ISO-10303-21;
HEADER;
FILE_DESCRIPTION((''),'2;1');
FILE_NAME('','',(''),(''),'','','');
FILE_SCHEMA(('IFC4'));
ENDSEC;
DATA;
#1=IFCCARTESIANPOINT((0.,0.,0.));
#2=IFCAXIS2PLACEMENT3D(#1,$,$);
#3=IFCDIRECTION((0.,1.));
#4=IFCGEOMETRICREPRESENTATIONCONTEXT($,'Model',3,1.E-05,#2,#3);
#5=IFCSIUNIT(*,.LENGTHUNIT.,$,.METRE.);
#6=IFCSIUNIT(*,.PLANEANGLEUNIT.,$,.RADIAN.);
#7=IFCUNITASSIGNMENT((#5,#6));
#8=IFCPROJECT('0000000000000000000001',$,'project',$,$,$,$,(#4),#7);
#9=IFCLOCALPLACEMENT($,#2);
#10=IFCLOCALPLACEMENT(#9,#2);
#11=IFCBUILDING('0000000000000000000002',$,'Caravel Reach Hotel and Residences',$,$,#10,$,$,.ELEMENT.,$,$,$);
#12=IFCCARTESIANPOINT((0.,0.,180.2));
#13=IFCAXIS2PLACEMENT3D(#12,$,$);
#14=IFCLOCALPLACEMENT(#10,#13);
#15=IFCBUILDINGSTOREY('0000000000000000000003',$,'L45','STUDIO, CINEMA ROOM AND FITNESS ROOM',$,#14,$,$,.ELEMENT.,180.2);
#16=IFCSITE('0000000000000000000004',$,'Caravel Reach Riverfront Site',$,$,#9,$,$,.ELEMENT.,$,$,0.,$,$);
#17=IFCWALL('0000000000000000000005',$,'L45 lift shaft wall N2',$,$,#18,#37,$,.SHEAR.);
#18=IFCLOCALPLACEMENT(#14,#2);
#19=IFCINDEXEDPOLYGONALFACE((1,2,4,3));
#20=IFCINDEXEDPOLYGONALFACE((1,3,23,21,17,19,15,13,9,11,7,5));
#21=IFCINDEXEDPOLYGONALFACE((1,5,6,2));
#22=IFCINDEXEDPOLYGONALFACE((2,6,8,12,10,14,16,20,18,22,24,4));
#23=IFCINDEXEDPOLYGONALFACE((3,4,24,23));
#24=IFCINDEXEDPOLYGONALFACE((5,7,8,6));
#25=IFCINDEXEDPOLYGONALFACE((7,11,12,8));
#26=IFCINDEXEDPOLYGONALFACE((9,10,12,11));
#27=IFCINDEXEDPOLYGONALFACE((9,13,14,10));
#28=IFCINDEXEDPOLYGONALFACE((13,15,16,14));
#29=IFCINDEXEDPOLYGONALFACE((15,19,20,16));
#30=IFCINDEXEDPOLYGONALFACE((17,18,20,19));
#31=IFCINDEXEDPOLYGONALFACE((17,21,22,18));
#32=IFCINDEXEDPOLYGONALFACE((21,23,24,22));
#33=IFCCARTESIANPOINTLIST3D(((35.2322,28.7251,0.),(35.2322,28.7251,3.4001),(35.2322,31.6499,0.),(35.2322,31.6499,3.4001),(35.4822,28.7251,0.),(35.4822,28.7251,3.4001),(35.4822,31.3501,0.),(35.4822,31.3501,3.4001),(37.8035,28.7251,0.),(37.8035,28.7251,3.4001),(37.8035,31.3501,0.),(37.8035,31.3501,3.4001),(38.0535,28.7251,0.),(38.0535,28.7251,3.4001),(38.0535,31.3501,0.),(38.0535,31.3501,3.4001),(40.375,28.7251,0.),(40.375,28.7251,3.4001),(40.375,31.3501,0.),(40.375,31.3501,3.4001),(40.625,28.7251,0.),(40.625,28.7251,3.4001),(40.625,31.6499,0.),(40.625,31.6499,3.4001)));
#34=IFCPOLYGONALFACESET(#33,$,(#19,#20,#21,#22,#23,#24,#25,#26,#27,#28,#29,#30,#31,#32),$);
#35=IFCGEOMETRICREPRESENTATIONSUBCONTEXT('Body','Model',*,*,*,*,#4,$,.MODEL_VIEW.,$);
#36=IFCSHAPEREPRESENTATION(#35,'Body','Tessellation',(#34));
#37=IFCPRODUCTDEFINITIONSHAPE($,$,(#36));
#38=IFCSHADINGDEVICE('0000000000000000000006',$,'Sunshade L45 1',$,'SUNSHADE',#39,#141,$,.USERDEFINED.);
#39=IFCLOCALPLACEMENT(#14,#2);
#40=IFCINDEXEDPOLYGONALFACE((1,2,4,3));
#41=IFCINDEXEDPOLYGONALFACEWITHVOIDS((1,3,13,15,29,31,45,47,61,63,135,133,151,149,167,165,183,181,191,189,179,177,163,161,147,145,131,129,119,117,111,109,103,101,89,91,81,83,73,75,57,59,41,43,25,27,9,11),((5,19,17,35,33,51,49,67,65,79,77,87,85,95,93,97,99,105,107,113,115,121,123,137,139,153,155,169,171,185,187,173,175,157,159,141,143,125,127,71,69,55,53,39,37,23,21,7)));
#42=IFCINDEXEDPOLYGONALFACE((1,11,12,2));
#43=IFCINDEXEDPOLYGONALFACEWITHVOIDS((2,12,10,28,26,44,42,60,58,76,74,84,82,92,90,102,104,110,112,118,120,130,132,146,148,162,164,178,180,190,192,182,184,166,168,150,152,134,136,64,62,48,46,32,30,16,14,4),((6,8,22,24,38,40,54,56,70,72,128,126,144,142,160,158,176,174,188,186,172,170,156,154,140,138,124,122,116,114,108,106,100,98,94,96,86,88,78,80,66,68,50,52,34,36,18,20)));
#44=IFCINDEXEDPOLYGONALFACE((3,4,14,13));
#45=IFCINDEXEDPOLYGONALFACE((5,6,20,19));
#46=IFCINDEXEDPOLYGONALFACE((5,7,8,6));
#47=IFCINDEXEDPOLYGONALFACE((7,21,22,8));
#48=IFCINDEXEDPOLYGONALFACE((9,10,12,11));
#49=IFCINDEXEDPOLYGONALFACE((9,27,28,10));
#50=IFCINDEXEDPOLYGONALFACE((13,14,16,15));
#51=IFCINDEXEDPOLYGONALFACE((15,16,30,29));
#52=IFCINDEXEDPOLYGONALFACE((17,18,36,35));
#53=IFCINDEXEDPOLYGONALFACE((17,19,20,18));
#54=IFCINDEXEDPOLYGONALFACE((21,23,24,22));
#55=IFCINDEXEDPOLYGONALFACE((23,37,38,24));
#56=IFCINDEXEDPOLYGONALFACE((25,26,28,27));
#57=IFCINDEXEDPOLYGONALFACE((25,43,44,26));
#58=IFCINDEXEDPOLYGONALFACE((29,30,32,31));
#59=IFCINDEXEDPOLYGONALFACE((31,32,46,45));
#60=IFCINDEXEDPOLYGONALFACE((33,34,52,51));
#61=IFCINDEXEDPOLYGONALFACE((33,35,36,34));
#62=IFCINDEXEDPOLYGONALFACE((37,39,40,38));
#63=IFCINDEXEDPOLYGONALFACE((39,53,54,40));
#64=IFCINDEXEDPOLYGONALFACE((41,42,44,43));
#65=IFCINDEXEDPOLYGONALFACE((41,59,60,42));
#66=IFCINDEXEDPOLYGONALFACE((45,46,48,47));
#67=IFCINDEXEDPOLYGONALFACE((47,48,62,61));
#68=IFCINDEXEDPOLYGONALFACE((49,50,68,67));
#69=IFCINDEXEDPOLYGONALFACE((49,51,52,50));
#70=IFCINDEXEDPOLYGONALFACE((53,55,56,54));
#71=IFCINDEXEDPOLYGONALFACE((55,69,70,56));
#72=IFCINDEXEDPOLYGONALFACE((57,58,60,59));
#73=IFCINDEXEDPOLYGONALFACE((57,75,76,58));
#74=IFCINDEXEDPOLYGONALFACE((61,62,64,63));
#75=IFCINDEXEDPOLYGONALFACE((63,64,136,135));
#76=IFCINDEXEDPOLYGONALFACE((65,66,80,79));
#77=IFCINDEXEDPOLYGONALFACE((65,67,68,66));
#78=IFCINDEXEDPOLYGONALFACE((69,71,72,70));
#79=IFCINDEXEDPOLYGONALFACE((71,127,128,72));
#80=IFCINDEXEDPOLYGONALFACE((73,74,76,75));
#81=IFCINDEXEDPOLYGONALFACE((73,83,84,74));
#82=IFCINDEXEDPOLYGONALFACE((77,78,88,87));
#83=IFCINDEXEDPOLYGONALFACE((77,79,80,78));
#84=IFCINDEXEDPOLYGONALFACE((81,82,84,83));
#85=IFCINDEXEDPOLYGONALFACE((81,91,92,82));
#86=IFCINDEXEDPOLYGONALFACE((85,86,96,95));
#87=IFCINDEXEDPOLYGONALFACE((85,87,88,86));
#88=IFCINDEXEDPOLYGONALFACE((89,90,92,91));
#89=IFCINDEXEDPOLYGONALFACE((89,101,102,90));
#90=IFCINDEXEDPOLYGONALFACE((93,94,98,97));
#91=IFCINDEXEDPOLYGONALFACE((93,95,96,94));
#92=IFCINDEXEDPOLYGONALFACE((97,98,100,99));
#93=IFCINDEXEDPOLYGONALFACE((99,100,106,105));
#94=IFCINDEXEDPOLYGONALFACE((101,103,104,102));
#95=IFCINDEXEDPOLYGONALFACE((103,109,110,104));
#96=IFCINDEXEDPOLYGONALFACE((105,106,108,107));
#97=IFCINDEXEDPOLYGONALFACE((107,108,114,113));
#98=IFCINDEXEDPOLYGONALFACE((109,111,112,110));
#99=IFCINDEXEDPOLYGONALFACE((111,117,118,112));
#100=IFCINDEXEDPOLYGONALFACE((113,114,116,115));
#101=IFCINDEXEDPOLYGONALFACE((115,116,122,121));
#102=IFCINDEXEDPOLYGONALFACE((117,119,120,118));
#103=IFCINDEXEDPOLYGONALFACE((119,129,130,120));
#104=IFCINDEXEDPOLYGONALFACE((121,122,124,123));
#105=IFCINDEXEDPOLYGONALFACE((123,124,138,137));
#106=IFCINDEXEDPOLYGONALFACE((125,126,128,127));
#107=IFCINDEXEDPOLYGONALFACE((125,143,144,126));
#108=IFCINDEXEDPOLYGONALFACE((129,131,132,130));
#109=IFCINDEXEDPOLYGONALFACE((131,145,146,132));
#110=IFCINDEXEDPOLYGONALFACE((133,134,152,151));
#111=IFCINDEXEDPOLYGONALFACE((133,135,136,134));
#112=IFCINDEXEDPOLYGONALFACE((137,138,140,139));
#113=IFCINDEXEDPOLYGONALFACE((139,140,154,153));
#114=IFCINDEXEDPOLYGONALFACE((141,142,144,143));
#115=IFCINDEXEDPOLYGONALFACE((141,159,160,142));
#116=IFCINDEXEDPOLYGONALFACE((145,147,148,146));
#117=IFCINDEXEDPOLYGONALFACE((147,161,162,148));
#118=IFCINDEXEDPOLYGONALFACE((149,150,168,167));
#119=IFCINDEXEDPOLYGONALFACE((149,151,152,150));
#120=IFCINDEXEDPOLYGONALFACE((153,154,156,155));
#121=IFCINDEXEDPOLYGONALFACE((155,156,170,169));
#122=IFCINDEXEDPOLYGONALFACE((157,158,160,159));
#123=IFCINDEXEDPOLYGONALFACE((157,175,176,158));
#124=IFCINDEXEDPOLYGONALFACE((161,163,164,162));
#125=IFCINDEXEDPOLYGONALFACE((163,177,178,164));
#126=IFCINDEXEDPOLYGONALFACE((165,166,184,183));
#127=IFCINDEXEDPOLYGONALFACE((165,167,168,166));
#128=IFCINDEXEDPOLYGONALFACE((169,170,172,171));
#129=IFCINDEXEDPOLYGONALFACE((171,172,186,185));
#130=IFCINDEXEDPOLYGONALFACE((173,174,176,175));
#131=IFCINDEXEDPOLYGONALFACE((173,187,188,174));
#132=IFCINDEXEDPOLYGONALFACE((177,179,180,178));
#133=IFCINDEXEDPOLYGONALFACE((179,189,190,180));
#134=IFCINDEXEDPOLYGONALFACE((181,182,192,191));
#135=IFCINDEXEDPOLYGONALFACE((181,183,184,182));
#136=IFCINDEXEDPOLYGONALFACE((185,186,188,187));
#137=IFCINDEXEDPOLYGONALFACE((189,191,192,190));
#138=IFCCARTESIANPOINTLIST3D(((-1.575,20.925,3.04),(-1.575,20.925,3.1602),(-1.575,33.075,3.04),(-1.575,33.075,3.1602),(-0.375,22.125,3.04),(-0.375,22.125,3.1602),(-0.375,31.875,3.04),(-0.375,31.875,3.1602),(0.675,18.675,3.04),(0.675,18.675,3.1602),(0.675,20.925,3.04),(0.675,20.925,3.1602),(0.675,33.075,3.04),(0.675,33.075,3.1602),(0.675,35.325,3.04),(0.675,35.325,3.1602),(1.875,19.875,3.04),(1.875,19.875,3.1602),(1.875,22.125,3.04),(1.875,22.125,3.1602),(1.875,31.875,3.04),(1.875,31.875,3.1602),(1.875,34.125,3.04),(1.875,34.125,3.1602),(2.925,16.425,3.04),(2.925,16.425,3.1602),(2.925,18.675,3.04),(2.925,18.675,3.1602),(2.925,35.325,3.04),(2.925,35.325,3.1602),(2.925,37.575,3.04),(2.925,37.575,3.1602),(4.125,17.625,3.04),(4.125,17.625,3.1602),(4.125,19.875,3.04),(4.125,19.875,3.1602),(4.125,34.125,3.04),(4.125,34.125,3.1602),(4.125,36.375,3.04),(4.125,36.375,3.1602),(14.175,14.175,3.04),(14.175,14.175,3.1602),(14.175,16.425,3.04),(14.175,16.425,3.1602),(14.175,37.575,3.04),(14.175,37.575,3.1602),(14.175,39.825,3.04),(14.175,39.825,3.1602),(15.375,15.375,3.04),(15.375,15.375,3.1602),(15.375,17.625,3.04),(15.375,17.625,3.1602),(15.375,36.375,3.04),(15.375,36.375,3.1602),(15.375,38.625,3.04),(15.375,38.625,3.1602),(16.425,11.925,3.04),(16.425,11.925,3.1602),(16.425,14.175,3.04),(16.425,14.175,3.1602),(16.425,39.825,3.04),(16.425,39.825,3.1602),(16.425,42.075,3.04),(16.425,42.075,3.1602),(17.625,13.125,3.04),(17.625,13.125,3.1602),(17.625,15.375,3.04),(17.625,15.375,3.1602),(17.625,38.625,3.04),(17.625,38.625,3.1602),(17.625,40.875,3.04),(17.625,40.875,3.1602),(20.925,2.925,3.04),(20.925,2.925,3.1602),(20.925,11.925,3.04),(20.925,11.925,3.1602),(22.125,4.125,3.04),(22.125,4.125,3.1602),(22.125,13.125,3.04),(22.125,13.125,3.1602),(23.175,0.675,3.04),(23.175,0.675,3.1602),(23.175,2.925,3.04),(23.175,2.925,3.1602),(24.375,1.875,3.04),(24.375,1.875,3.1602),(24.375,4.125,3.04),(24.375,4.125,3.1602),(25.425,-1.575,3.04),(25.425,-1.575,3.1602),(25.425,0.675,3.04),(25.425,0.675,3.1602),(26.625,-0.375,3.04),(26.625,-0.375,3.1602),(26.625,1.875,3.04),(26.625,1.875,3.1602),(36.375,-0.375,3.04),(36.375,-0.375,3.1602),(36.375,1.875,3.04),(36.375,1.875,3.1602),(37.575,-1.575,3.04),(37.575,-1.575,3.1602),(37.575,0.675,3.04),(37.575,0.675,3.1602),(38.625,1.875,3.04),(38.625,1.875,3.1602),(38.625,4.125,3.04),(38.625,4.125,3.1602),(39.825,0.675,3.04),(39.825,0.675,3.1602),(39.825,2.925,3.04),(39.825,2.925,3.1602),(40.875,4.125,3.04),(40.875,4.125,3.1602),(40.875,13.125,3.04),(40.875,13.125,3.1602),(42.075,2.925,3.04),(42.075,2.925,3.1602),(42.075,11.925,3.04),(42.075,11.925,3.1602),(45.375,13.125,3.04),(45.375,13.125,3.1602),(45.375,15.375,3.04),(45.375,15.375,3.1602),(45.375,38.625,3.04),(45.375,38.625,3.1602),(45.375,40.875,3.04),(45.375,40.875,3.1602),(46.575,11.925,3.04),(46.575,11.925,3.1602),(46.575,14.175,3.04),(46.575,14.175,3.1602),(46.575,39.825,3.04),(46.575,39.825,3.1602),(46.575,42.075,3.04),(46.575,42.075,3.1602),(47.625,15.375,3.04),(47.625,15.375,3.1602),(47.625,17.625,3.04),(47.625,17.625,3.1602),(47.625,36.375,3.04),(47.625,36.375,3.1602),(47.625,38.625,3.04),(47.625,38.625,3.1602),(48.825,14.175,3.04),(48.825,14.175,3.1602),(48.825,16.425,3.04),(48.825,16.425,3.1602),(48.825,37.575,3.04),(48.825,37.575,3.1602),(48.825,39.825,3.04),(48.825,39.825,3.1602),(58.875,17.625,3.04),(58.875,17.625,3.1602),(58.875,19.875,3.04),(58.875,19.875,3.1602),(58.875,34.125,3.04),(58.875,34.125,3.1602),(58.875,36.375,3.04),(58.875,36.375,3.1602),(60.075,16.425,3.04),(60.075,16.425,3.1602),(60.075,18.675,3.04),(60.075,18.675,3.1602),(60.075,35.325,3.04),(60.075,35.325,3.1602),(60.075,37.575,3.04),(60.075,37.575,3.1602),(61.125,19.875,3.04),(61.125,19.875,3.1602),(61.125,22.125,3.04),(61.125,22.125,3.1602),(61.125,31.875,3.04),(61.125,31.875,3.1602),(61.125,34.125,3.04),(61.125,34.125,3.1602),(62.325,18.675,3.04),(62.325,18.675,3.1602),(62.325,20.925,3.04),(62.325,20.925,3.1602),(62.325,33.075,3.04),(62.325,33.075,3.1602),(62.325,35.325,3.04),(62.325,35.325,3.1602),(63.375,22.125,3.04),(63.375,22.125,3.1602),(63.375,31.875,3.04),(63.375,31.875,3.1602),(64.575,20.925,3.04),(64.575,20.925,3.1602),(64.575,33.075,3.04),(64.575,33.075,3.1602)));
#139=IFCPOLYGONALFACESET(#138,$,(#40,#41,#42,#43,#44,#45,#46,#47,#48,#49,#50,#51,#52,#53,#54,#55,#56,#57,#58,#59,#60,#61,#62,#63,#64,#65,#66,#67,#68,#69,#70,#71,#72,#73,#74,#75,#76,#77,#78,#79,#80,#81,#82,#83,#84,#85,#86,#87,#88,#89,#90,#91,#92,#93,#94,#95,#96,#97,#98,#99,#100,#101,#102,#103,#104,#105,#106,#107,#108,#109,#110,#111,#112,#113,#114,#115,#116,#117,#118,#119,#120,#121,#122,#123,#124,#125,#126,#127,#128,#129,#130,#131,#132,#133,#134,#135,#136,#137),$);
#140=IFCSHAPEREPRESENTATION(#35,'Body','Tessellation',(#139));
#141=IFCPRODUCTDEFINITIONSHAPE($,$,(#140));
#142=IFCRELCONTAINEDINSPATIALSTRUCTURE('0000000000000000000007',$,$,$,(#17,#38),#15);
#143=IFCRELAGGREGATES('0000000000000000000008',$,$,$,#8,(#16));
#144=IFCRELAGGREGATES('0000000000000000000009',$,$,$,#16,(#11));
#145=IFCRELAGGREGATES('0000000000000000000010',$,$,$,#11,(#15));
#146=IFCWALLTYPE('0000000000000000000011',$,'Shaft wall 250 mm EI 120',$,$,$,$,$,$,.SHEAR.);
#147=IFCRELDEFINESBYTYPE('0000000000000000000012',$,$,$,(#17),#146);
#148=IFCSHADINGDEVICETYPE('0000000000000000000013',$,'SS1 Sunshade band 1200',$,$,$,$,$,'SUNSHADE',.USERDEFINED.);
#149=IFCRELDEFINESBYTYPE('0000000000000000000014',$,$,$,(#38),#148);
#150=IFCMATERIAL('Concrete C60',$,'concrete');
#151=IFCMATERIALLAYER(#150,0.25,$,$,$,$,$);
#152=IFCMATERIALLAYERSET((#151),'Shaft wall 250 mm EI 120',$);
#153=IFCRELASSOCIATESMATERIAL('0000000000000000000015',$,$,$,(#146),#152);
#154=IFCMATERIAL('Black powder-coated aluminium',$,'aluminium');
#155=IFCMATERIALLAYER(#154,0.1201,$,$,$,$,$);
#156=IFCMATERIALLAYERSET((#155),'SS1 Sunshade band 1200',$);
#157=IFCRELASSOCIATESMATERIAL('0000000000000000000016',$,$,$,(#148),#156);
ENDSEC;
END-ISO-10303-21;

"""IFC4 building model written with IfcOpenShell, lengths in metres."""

from ifc_helpers import new_model, si_unit, direction, frame, origin, place, context, subcontext, project, spatial, polyline, outline, extrude, material, layer, layer_set, type_object, element, save


model = new_model("IFC4")

# Units and contexts
model_context = context("Model", 3, precision=1e-05, world=origin(), true_north=direction((0.0, 1.0)))
body_context = subcontext(model_context, "Body", "Model", "MODEL_VIEW")
ifc_project = project(units=[si_unit("LENGTHUNIT", "METRE"), si_unit("PLANEANGLEUNIT", "RADIAN")], contexts=[model_context])

# Site, building, storey
site_placement = place(None, origin())
site = spatial("IfcSite", under=ifc_project, at=site_placement, Name="Caravel Reach Riverfront Site", CompositionType="ELEMENT", RefElevation=0.0)
building_placement = place(site_placement, origin())
building = spatial("IfcBuilding", under=site, at=building_placement, Name="Caravel Reach Hotel and Residences", CompositionType="ELEMENT")
storey_placement = place(building_placement, frame((0.0, 0.0, 180.2)))
storey = spatial("IfcBuildingStorey", under=building, at=storey_placement, Name="L45", Description="STUDIO, CINEMA ROOM AND FITNESS ROOM", CompositionType="ELEMENT", Elevation=180.2)

# Wall
ifc_material_1 = material(Name="Concrete C60", Category="concrete")
ifc_layer_1 = layer(ifc_material_1, 0.25)
ifc_layer_set_1 = layer_set([ifc_layer_1], Name="Shaft wall 250 mm EI 120")
wall_type_1 = type_object("IfcWallType", Name="Shaft wall 250 mm EI 120", PredefinedType="SHEAR", material=ifc_layer_set_1)
wall_1_placement = place(storey_placement, origin())
element("IfcWall", 1, at=wall_1_placement, inside=storey, type_object=wall_type_1, Name="L45 lift shaft wall N2", PredefinedType="SHEAR", context=body_context, shape_type="SweptSolid", body=[
    extrude(outline(polyline([(35.2322, 28.7251), (35.4822, 28.7251), (35.4822, 31.3501), (37.8035, 31.3501), (37.8035, 28.7251), (38.0535, 28.7251), (38.0535, 31.3501), (40.375, 31.3501), (40.375, 28.7251), (40.625, 28.7251), (40.625, 31.6499), (35.2322, 31.6499), (35.2322, 28.7251)])), origin(), (0.0, 0.0, 1.0), 3.4001),
])

# Shading device
ifc_material_2 = material(Name="Black powder-coated aluminium", Category="aluminium")
ifc_layer_2 = layer(ifc_material_2, 0.1201)
ifc_layer_set_2 = layer_set([ifc_layer_2], Name="SS1 Sunshade band 1200")
shading_device_type = type_object("IfcShadingDeviceType", Name="SS1 Sunshade band 1200", ElementType="SUNSHADE", PredefinedType="USERDEFINED", material=ifc_layer_set_2)
shading_device_placement = place(storey_placement, frame((0.0, 0.0, 3.04)))
element("IfcShadingDevice", 2, at=shading_device_placement, inside=storey, type_object=shading_device_type, Name="Sunshade L45 1", ObjectType="SUNSHADE", PredefinedType="USERDEFINED", context=body_context, shape_type="SweptSolid", body=[
    extrude(outline(polyline([(20.925, 11.925), (20.925, 2.925), (23.175, 2.925), (23.175, 0.675), (25.425, 0.675), (25.425, -1.575), (37.575, -1.575), (37.575, 0.675), (39.825, 0.675), (39.825, 2.925), (42.075, 2.925), (42.075, 11.925), (46.575, 11.925), (46.575, 14.175), (48.825, 14.175), (48.825, 16.425), (60.075, 16.425), (60.075, 18.675), (62.325, 18.675), (62.325, 20.925), (64.575, 20.925), (64.575, 33.075), (62.325, 33.075), (62.325, 35.325), (60.075, 35.325), (60.075, 37.575), (48.825, 37.575), (48.825, 39.825), (46.575, 39.825), (46.575, 42.075), (16.425, 42.075), (16.425, 39.825), (14.175, 39.825), (14.175, 37.575), (2.925, 37.575), (2.925, 35.325), (0.675, 35.325), (0.675, 33.075), (-1.575, 33.075), (-1.575, 20.925), (0.675, 20.925), (0.675, 18.675), (2.925, 18.675), (2.925, 16.425), (14.175, 16.425), (14.175, 14.175), (16.425, 14.175), (16.425, 11.925), (20.925, 11.925)]), holes=[polyline([(24.375, 4.125), (22.125, 4.125), (22.125, 13.125), (17.625, 13.125), (17.625, 15.375), (15.375, 15.375), (15.375, 17.625), (4.125, 17.625), (4.125, 19.875), (1.875, 19.875), (1.875, 22.125), (-0.375, 22.125), (-0.375, 31.875), (1.875, 31.875), (1.875, 34.125), (4.125, 34.125), (4.125, 36.375), (15.375, 36.375), (15.375, 38.625), (17.625, 38.625), (17.625, 40.875), (45.375, 40.875), (45.375, 38.625), (47.625, 38.625), (47.625, 36.375), (58.875, 36.375), (58.875, 34.125), (61.125, 34.125), (61.125, 31.875), (63.375, 31.875), (63.375, 22.125), (61.125, 22.125), (61.125, 19.875), (58.875, 19.875), (58.875, 17.625), (47.625, 17.625), (47.625, 15.375), (45.375, 15.375), (45.375, 13.125), (40.875, 13.125), (40.875, 4.125), (38.625, 4.125), (38.625, 1.875), (36.375, 1.875), (36.375, -0.375), (26.625, -0.375), (26.625, 1.875), (24.375, 1.875), (24.375, 4.125)])]), origin(), (0.0, 0.0, 1.0), 0.1201),
])

save(model, "model.ifc")
